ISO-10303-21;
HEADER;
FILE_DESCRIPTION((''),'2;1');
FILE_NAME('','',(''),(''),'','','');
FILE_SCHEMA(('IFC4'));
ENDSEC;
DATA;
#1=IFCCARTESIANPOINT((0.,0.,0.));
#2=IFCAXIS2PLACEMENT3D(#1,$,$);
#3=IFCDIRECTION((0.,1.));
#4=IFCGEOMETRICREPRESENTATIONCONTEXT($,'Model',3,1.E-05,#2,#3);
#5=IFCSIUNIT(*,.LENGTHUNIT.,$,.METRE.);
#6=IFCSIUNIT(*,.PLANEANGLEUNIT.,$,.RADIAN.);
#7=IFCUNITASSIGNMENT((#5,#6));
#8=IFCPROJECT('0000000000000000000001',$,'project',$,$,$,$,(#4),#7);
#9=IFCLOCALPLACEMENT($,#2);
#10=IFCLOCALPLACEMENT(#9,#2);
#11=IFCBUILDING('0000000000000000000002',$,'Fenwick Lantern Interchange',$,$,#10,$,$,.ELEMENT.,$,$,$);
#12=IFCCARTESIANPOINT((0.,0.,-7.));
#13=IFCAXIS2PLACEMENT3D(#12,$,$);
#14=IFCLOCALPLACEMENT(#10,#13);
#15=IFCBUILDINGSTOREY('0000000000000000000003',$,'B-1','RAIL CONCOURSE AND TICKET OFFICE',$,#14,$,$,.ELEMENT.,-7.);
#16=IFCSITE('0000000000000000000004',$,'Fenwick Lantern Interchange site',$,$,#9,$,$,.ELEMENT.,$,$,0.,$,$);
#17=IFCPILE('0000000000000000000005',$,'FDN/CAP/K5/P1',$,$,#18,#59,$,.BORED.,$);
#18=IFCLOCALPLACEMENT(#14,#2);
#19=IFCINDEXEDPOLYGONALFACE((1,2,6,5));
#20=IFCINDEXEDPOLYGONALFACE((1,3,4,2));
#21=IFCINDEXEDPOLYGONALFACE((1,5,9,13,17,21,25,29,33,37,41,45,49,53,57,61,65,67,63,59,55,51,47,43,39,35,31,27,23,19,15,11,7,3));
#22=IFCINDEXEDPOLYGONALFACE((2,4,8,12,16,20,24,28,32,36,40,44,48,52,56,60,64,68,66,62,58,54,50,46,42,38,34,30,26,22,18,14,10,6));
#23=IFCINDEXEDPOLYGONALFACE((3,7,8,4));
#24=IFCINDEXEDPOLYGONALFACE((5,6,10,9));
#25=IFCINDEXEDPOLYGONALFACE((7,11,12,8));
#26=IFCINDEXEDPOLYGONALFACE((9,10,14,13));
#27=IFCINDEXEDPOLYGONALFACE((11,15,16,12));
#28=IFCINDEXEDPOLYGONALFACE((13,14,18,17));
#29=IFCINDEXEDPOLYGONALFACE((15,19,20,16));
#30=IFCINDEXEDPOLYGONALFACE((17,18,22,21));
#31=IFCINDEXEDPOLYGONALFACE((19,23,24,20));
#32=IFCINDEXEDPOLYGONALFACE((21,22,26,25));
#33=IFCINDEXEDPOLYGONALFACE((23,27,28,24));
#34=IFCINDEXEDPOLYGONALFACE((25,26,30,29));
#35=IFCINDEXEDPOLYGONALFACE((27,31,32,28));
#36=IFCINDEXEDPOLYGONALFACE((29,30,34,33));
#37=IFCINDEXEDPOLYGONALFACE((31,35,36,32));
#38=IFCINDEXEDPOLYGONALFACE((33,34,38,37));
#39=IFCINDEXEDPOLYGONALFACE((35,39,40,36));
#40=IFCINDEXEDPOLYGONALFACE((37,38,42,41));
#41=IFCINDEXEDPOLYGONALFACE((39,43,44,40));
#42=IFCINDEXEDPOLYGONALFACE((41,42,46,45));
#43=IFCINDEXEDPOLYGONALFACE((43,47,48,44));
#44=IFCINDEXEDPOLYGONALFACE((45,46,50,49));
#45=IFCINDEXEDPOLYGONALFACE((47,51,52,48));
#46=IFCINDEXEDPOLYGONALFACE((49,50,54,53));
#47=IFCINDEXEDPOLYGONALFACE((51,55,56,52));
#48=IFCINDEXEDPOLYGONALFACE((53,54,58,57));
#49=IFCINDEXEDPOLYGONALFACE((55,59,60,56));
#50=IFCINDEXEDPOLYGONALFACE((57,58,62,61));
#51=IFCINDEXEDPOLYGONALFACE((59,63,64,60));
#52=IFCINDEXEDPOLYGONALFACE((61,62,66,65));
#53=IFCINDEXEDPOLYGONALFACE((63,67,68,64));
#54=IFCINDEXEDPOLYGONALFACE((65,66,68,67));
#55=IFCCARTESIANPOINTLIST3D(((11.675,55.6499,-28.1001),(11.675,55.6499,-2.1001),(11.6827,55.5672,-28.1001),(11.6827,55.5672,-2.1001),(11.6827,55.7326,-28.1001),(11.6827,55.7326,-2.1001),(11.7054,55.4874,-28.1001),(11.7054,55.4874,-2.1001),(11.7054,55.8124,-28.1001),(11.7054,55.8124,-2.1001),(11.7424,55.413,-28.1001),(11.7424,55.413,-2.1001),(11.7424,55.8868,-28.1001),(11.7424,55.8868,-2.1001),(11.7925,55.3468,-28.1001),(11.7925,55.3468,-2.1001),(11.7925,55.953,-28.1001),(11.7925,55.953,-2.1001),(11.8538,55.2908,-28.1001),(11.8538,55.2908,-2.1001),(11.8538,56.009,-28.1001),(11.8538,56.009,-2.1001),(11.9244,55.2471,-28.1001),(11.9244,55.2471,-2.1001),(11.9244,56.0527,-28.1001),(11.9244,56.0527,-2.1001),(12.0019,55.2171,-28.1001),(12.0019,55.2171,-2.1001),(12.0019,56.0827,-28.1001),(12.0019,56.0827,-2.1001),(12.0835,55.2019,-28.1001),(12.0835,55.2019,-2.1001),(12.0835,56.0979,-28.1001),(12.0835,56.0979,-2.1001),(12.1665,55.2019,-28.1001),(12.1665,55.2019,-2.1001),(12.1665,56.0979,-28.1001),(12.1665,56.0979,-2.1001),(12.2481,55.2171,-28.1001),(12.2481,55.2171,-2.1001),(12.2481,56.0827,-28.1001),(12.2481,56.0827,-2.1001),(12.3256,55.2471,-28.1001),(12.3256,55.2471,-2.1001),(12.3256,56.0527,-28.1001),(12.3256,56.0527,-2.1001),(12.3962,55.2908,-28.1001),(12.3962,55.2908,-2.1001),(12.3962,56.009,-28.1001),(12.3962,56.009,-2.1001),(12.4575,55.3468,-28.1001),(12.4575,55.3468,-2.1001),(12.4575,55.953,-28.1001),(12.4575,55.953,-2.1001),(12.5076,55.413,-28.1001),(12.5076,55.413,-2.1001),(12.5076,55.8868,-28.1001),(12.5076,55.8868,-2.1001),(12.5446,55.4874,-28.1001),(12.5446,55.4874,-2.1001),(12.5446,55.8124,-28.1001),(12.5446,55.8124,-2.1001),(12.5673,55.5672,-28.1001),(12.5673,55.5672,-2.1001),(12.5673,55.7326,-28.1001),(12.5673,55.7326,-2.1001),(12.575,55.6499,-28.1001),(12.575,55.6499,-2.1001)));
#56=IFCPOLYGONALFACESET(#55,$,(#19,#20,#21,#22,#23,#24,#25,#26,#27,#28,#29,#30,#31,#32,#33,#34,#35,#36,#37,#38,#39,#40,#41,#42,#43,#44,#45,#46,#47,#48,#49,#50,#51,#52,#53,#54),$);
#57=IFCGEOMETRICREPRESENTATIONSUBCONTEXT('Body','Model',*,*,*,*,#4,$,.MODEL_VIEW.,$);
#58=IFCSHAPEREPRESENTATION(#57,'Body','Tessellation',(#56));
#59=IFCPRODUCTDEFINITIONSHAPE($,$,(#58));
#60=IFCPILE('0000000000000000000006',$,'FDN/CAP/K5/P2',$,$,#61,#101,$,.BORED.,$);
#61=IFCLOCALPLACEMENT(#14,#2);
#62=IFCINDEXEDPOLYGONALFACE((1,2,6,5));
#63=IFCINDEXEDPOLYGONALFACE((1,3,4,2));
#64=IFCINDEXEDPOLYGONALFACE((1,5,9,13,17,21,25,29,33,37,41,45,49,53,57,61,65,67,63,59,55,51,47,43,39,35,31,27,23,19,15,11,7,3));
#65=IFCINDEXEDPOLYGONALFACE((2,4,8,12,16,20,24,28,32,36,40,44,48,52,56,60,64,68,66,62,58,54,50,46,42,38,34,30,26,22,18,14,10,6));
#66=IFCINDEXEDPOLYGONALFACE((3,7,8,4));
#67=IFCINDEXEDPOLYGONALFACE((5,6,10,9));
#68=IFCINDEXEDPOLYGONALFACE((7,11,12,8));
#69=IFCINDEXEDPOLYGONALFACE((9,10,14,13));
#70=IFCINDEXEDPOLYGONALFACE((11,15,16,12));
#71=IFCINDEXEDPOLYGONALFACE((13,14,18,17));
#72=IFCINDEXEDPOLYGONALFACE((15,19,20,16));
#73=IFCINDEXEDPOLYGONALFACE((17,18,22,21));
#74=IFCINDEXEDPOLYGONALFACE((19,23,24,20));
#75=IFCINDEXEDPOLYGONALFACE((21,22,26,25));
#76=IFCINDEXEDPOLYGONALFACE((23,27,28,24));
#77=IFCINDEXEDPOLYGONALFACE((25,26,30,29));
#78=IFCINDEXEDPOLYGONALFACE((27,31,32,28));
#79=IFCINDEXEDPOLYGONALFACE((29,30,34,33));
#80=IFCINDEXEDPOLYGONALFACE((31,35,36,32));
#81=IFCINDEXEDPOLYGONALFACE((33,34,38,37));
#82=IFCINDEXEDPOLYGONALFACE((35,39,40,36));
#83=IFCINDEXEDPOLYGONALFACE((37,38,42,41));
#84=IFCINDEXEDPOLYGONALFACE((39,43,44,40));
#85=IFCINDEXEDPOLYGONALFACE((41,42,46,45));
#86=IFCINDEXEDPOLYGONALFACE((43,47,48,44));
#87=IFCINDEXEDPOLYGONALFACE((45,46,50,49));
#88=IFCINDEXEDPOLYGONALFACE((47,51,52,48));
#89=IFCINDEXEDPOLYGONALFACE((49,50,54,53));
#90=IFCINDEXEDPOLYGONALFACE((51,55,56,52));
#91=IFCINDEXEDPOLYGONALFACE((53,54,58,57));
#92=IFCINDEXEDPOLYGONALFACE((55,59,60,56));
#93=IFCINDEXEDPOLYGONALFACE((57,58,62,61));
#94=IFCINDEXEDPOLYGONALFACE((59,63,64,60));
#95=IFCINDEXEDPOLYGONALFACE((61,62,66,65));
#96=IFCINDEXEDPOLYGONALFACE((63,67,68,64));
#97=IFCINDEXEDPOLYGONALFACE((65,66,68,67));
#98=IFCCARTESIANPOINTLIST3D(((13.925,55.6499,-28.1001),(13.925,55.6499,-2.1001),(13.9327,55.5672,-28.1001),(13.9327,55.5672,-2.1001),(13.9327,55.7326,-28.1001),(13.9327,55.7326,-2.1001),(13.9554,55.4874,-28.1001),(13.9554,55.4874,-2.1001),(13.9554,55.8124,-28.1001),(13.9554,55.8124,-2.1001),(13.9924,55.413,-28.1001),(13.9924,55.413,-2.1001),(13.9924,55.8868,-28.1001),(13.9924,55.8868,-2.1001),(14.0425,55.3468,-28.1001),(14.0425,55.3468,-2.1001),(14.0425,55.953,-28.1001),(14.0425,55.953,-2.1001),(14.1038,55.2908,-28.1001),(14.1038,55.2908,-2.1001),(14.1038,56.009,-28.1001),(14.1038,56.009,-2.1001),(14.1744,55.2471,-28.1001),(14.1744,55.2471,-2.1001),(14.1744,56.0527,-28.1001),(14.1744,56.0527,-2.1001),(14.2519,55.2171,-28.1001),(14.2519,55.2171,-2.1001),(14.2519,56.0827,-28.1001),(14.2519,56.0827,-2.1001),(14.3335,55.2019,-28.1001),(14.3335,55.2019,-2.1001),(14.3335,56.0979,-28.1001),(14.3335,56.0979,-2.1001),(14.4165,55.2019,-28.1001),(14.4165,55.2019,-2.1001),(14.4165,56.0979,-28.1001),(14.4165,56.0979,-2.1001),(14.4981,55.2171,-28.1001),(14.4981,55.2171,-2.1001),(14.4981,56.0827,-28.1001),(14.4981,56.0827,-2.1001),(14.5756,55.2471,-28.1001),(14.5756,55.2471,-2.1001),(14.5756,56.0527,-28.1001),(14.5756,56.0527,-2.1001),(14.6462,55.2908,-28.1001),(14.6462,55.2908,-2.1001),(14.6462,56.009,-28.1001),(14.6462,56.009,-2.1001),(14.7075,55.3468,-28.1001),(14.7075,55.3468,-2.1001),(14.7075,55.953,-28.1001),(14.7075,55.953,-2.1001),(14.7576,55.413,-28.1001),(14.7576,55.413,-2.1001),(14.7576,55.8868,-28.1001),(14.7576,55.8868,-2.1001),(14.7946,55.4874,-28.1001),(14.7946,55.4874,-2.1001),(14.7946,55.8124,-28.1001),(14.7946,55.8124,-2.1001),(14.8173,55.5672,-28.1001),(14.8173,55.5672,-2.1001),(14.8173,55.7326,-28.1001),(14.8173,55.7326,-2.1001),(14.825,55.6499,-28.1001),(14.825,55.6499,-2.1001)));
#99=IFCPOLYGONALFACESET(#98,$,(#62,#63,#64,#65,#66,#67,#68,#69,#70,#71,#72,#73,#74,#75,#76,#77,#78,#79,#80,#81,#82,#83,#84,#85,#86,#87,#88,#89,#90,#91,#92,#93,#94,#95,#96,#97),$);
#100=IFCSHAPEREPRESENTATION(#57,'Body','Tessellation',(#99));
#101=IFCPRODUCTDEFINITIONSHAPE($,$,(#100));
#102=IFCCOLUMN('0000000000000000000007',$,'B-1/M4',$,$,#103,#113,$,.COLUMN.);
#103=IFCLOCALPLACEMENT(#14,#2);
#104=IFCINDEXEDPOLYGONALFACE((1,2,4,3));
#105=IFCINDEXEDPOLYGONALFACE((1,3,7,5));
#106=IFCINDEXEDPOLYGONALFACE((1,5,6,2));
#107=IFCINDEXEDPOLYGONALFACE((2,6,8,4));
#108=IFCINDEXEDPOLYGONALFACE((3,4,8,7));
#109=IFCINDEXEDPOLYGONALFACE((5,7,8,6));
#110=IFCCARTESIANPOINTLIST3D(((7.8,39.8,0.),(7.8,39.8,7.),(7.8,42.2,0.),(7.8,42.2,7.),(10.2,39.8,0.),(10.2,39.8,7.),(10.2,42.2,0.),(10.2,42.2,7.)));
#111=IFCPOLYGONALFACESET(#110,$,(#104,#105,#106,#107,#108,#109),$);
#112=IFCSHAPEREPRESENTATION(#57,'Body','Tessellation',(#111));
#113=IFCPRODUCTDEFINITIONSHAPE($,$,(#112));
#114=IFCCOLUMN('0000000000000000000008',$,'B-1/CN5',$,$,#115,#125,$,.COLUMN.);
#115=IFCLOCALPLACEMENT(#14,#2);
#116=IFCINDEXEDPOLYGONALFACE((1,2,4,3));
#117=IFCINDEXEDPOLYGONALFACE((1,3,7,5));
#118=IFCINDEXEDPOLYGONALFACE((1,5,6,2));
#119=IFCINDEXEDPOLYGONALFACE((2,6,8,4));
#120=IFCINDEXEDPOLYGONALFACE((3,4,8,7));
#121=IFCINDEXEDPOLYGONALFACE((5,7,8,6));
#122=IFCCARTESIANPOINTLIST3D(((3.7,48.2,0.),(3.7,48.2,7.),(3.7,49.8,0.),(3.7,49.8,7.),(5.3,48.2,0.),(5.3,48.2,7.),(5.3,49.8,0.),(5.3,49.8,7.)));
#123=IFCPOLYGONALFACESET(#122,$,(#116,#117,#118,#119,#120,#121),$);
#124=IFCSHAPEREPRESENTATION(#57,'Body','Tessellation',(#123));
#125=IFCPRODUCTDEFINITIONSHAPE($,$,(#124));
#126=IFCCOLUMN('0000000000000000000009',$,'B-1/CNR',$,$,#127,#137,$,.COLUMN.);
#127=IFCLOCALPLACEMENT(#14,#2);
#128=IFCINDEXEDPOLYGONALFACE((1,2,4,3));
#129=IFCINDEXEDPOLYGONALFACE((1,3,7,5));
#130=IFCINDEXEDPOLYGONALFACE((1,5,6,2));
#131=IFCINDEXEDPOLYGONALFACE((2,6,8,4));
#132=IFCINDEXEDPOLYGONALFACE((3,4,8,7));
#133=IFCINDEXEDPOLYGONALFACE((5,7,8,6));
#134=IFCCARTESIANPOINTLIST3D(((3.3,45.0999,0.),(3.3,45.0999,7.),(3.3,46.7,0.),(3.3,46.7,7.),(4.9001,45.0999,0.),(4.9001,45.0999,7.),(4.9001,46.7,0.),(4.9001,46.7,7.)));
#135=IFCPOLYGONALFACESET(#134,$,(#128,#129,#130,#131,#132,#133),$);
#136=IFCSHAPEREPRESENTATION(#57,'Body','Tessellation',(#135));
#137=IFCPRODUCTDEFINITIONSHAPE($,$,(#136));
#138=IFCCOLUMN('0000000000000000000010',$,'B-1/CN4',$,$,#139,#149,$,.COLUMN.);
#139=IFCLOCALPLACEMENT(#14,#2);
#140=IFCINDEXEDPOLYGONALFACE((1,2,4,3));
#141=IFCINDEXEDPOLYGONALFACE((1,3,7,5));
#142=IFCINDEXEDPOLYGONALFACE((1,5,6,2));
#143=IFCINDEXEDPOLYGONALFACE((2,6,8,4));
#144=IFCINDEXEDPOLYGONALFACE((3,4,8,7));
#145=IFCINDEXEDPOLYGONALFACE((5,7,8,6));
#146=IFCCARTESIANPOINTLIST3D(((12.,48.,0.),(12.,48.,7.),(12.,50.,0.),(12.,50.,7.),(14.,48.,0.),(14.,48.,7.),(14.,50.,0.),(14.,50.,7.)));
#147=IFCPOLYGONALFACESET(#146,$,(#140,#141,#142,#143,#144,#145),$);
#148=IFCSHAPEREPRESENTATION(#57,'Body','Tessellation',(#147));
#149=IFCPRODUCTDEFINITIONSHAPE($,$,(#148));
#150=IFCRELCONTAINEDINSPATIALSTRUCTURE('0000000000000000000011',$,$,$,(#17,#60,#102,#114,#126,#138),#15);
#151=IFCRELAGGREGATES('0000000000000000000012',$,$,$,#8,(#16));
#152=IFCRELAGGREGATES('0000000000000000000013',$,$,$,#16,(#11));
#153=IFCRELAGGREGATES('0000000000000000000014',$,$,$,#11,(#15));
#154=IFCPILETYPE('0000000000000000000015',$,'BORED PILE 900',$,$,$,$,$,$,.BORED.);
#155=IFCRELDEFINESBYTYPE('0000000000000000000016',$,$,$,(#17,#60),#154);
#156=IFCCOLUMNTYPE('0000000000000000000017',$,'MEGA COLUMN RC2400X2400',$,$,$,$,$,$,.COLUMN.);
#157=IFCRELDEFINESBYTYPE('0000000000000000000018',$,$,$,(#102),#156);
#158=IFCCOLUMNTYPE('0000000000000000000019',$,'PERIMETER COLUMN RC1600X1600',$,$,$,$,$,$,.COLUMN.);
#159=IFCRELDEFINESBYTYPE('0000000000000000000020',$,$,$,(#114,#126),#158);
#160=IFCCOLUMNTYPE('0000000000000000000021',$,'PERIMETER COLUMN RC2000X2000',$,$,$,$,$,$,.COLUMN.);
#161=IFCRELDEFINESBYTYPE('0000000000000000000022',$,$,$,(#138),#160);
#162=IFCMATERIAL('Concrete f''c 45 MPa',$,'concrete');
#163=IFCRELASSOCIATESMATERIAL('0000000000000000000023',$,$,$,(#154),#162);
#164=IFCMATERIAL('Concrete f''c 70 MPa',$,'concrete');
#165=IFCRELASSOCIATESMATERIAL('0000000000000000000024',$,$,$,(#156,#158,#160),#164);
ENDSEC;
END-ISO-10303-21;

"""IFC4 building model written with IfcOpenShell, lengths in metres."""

from ifc_helpers import new_model, si_unit, direction, frame, origin, origin_2d, place, context, subcontext, project, spatial, rectangle, circle, extrude, material, material_profile, profile_set, type_object, element, save


model = new_model("IFC4")

# Units and contexts
model_context = context("Model", 3, precision=1e-05, world=origin(), true_north=direction((0.0, 1.0)))
body_context = subcontext(model_context, "Body", "Model", "MODEL_VIEW")
ifc_project = project(units=[si_unit("LENGTHUNIT", "METRE"), si_unit("PLANEANGLEUNIT", "RADIAN")], contexts=[model_context])

# Site, building, storey
site_placement = place(None, origin())
site = spatial("IfcSite", under=ifc_project, at=site_placement, Name="Fenwick Lantern Interchange site", CompositionType="ELEMENT", RefElevation=0.0)
building_placement = place(site_placement, origin())
building = spatial("IfcBuilding", under=site, at=building_placement, Name="Fenwick Lantern Interchange", CompositionType="ELEMENT")
storey_placement = place(building_placement, frame((0.0, 0.0, -7.0)))
storey = spatial("IfcBuildingStorey", under=building, at=storey_placement, Name="B-1", Description="RAIL CONCOURSE AND TICKET OFFICE", CompositionType="ELEMENT", Elevation=-7.0)

# Piles
ifc_material_1 = material(Name="Concrete f'c 45 MPa", Category="concrete")
pile_type_1 = type_object("IfcPileType", Name="BORED PILE 900", PredefinedType="BORED", material=ifc_material_1)
for number, where, z_axis, x_axis, name in (
    (1, (12.125, 55.6499, -2.1001), (0.0, 0.0, -1.0), (1.0, 0.0, 0.0), "FDN/CAP/K5/P1"),
    (2, (14.375, 55.6499, -2.1001), (0.0, 0.0, -1.0), (1.0, 0.0, 0.0), "FDN/CAP/K5/P2"),
):
    element("IfcPile", number, at=place(storey_placement, frame(where, z_axis=z_axis, x_axis=x_axis)), inside=storey, type_object=pile_type_1, Name=name, PredefinedType="BORED", context=body_context, shape_type="SweptSolid", body=[
        extrude(circle(Radius=0.45, at=origin_2d()), origin(), (0.0, 0.0, 1.0), 26.0),
    ])

# Columns
ifc_material_2 = material(Name="Concrete f'c 70 MPa", Category="concrete")
ifc_material_profile_1 = material_profile(ifc_material_2, rectangle(XDim=2.3999, YDim=2.3999, at=origin_2d()), Name="RC2400X2400")
ifc_profile_set_1 = profile_set([ifc_material_profile_1], Name="Concrete f'c 70 MPa")
column_type_1 = type_object("IfcColumnType", Name="MEGA COLUMN RC2400X2400", PredefinedType="COLUMN", material=ifc_profile_set_1)
column_1_placement = place(storey_placement, frame((9.0, 41.0, 0.0), z_axis=(0.0, 0.0, 1.0), x_axis=(1.0, 0.0, 0.0)))
element("IfcColumn", 3, at=column_1_placement, inside=storey, type_object=column_type_1, Name="B-1/M4", PredefinedType="COLUMN", context=body_context, shape_type="SweptSolid", body=[
    extrude(rectangle(XDim=2.3999, YDim=2.3999, at=origin_2d()), origin(), (0.0, 0.0, 1.0), 7.0),
])
ifc_material_profile_2 = material_profile(ifc_material_2, rectangle(XDim=1.6001, YDim=1.6001, at=origin_2d()), Name="RC1600X1600")
ifc_profile_set_2 = profile_set([ifc_material_profile_2], Name="Concrete f'c 70 MPa")
column_type_2 = type_object("IfcColumnType", Name="PERIMETER COLUMN RC1600X1600", PredefinedType="COLUMN", material=ifc_profile_set_2)
for number, where, z_axis, x_axis, name in (
    (4, (4.5, 49.0, 0.0), (0.0, 0.0, 1.0), (1.0, 0.0, 0.0), "B-1/CN5"),
    (5, (4.1001, 45.8999, 0.0), (0.0, 0.0, 1.0), (1.0, 0.0, 0.0), "B-1/CNR"),
):
    element("IfcColumn", number, at=place(storey_placement, frame(where, z_axis=z_axis, x_axis=x_axis)), inside=storey, type_object=column_type_2, Name=name, PredefinedType="COLUMN", context=body_context, shape_type="SweptSolid", body=[
        extrude(rectangle(XDim=1.6001, YDim=1.6001, at=origin_2d()), origin(), (0.0, 0.0, 1.0), 7.0),
    ])
ifc_material_profile_3 = material_profile(ifc_material_2, rectangle(XDim=2.0, YDim=2.0, at=origin_2d()), Name="RC2000X2000")
ifc_profile_set_3 = profile_set([ifc_material_profile_3], Name="Concrete f'c 70 MPa")
column_type_3 = type_object("IfcColumnType", Name="PERIMETER COLUMN RC2000X2000", PredefinedType="COLUMN", material=ifc_profile_set_3)
column_2_placement = place(storey_placement, frame((13.0, 49.0, 0.0), z_axis=(0.0, 0.0, 1.0), x_axis=(1.0, 0.0, 0.0)))
element("IfcColumn", 6, at=column_2_placement, inside=storey, type_object=column_type_3, Name="B-1/CN4", PredefinedType="COLUMN", context=body_context, shape_type="SweptSolid", body=[
    extrude(rectangle(XDim=2.0, YDim=2.0, at=origin_2d()), origin(), (0.0, 0.0, 1.0), 7.0),
])

save(model, "model.ifc")
